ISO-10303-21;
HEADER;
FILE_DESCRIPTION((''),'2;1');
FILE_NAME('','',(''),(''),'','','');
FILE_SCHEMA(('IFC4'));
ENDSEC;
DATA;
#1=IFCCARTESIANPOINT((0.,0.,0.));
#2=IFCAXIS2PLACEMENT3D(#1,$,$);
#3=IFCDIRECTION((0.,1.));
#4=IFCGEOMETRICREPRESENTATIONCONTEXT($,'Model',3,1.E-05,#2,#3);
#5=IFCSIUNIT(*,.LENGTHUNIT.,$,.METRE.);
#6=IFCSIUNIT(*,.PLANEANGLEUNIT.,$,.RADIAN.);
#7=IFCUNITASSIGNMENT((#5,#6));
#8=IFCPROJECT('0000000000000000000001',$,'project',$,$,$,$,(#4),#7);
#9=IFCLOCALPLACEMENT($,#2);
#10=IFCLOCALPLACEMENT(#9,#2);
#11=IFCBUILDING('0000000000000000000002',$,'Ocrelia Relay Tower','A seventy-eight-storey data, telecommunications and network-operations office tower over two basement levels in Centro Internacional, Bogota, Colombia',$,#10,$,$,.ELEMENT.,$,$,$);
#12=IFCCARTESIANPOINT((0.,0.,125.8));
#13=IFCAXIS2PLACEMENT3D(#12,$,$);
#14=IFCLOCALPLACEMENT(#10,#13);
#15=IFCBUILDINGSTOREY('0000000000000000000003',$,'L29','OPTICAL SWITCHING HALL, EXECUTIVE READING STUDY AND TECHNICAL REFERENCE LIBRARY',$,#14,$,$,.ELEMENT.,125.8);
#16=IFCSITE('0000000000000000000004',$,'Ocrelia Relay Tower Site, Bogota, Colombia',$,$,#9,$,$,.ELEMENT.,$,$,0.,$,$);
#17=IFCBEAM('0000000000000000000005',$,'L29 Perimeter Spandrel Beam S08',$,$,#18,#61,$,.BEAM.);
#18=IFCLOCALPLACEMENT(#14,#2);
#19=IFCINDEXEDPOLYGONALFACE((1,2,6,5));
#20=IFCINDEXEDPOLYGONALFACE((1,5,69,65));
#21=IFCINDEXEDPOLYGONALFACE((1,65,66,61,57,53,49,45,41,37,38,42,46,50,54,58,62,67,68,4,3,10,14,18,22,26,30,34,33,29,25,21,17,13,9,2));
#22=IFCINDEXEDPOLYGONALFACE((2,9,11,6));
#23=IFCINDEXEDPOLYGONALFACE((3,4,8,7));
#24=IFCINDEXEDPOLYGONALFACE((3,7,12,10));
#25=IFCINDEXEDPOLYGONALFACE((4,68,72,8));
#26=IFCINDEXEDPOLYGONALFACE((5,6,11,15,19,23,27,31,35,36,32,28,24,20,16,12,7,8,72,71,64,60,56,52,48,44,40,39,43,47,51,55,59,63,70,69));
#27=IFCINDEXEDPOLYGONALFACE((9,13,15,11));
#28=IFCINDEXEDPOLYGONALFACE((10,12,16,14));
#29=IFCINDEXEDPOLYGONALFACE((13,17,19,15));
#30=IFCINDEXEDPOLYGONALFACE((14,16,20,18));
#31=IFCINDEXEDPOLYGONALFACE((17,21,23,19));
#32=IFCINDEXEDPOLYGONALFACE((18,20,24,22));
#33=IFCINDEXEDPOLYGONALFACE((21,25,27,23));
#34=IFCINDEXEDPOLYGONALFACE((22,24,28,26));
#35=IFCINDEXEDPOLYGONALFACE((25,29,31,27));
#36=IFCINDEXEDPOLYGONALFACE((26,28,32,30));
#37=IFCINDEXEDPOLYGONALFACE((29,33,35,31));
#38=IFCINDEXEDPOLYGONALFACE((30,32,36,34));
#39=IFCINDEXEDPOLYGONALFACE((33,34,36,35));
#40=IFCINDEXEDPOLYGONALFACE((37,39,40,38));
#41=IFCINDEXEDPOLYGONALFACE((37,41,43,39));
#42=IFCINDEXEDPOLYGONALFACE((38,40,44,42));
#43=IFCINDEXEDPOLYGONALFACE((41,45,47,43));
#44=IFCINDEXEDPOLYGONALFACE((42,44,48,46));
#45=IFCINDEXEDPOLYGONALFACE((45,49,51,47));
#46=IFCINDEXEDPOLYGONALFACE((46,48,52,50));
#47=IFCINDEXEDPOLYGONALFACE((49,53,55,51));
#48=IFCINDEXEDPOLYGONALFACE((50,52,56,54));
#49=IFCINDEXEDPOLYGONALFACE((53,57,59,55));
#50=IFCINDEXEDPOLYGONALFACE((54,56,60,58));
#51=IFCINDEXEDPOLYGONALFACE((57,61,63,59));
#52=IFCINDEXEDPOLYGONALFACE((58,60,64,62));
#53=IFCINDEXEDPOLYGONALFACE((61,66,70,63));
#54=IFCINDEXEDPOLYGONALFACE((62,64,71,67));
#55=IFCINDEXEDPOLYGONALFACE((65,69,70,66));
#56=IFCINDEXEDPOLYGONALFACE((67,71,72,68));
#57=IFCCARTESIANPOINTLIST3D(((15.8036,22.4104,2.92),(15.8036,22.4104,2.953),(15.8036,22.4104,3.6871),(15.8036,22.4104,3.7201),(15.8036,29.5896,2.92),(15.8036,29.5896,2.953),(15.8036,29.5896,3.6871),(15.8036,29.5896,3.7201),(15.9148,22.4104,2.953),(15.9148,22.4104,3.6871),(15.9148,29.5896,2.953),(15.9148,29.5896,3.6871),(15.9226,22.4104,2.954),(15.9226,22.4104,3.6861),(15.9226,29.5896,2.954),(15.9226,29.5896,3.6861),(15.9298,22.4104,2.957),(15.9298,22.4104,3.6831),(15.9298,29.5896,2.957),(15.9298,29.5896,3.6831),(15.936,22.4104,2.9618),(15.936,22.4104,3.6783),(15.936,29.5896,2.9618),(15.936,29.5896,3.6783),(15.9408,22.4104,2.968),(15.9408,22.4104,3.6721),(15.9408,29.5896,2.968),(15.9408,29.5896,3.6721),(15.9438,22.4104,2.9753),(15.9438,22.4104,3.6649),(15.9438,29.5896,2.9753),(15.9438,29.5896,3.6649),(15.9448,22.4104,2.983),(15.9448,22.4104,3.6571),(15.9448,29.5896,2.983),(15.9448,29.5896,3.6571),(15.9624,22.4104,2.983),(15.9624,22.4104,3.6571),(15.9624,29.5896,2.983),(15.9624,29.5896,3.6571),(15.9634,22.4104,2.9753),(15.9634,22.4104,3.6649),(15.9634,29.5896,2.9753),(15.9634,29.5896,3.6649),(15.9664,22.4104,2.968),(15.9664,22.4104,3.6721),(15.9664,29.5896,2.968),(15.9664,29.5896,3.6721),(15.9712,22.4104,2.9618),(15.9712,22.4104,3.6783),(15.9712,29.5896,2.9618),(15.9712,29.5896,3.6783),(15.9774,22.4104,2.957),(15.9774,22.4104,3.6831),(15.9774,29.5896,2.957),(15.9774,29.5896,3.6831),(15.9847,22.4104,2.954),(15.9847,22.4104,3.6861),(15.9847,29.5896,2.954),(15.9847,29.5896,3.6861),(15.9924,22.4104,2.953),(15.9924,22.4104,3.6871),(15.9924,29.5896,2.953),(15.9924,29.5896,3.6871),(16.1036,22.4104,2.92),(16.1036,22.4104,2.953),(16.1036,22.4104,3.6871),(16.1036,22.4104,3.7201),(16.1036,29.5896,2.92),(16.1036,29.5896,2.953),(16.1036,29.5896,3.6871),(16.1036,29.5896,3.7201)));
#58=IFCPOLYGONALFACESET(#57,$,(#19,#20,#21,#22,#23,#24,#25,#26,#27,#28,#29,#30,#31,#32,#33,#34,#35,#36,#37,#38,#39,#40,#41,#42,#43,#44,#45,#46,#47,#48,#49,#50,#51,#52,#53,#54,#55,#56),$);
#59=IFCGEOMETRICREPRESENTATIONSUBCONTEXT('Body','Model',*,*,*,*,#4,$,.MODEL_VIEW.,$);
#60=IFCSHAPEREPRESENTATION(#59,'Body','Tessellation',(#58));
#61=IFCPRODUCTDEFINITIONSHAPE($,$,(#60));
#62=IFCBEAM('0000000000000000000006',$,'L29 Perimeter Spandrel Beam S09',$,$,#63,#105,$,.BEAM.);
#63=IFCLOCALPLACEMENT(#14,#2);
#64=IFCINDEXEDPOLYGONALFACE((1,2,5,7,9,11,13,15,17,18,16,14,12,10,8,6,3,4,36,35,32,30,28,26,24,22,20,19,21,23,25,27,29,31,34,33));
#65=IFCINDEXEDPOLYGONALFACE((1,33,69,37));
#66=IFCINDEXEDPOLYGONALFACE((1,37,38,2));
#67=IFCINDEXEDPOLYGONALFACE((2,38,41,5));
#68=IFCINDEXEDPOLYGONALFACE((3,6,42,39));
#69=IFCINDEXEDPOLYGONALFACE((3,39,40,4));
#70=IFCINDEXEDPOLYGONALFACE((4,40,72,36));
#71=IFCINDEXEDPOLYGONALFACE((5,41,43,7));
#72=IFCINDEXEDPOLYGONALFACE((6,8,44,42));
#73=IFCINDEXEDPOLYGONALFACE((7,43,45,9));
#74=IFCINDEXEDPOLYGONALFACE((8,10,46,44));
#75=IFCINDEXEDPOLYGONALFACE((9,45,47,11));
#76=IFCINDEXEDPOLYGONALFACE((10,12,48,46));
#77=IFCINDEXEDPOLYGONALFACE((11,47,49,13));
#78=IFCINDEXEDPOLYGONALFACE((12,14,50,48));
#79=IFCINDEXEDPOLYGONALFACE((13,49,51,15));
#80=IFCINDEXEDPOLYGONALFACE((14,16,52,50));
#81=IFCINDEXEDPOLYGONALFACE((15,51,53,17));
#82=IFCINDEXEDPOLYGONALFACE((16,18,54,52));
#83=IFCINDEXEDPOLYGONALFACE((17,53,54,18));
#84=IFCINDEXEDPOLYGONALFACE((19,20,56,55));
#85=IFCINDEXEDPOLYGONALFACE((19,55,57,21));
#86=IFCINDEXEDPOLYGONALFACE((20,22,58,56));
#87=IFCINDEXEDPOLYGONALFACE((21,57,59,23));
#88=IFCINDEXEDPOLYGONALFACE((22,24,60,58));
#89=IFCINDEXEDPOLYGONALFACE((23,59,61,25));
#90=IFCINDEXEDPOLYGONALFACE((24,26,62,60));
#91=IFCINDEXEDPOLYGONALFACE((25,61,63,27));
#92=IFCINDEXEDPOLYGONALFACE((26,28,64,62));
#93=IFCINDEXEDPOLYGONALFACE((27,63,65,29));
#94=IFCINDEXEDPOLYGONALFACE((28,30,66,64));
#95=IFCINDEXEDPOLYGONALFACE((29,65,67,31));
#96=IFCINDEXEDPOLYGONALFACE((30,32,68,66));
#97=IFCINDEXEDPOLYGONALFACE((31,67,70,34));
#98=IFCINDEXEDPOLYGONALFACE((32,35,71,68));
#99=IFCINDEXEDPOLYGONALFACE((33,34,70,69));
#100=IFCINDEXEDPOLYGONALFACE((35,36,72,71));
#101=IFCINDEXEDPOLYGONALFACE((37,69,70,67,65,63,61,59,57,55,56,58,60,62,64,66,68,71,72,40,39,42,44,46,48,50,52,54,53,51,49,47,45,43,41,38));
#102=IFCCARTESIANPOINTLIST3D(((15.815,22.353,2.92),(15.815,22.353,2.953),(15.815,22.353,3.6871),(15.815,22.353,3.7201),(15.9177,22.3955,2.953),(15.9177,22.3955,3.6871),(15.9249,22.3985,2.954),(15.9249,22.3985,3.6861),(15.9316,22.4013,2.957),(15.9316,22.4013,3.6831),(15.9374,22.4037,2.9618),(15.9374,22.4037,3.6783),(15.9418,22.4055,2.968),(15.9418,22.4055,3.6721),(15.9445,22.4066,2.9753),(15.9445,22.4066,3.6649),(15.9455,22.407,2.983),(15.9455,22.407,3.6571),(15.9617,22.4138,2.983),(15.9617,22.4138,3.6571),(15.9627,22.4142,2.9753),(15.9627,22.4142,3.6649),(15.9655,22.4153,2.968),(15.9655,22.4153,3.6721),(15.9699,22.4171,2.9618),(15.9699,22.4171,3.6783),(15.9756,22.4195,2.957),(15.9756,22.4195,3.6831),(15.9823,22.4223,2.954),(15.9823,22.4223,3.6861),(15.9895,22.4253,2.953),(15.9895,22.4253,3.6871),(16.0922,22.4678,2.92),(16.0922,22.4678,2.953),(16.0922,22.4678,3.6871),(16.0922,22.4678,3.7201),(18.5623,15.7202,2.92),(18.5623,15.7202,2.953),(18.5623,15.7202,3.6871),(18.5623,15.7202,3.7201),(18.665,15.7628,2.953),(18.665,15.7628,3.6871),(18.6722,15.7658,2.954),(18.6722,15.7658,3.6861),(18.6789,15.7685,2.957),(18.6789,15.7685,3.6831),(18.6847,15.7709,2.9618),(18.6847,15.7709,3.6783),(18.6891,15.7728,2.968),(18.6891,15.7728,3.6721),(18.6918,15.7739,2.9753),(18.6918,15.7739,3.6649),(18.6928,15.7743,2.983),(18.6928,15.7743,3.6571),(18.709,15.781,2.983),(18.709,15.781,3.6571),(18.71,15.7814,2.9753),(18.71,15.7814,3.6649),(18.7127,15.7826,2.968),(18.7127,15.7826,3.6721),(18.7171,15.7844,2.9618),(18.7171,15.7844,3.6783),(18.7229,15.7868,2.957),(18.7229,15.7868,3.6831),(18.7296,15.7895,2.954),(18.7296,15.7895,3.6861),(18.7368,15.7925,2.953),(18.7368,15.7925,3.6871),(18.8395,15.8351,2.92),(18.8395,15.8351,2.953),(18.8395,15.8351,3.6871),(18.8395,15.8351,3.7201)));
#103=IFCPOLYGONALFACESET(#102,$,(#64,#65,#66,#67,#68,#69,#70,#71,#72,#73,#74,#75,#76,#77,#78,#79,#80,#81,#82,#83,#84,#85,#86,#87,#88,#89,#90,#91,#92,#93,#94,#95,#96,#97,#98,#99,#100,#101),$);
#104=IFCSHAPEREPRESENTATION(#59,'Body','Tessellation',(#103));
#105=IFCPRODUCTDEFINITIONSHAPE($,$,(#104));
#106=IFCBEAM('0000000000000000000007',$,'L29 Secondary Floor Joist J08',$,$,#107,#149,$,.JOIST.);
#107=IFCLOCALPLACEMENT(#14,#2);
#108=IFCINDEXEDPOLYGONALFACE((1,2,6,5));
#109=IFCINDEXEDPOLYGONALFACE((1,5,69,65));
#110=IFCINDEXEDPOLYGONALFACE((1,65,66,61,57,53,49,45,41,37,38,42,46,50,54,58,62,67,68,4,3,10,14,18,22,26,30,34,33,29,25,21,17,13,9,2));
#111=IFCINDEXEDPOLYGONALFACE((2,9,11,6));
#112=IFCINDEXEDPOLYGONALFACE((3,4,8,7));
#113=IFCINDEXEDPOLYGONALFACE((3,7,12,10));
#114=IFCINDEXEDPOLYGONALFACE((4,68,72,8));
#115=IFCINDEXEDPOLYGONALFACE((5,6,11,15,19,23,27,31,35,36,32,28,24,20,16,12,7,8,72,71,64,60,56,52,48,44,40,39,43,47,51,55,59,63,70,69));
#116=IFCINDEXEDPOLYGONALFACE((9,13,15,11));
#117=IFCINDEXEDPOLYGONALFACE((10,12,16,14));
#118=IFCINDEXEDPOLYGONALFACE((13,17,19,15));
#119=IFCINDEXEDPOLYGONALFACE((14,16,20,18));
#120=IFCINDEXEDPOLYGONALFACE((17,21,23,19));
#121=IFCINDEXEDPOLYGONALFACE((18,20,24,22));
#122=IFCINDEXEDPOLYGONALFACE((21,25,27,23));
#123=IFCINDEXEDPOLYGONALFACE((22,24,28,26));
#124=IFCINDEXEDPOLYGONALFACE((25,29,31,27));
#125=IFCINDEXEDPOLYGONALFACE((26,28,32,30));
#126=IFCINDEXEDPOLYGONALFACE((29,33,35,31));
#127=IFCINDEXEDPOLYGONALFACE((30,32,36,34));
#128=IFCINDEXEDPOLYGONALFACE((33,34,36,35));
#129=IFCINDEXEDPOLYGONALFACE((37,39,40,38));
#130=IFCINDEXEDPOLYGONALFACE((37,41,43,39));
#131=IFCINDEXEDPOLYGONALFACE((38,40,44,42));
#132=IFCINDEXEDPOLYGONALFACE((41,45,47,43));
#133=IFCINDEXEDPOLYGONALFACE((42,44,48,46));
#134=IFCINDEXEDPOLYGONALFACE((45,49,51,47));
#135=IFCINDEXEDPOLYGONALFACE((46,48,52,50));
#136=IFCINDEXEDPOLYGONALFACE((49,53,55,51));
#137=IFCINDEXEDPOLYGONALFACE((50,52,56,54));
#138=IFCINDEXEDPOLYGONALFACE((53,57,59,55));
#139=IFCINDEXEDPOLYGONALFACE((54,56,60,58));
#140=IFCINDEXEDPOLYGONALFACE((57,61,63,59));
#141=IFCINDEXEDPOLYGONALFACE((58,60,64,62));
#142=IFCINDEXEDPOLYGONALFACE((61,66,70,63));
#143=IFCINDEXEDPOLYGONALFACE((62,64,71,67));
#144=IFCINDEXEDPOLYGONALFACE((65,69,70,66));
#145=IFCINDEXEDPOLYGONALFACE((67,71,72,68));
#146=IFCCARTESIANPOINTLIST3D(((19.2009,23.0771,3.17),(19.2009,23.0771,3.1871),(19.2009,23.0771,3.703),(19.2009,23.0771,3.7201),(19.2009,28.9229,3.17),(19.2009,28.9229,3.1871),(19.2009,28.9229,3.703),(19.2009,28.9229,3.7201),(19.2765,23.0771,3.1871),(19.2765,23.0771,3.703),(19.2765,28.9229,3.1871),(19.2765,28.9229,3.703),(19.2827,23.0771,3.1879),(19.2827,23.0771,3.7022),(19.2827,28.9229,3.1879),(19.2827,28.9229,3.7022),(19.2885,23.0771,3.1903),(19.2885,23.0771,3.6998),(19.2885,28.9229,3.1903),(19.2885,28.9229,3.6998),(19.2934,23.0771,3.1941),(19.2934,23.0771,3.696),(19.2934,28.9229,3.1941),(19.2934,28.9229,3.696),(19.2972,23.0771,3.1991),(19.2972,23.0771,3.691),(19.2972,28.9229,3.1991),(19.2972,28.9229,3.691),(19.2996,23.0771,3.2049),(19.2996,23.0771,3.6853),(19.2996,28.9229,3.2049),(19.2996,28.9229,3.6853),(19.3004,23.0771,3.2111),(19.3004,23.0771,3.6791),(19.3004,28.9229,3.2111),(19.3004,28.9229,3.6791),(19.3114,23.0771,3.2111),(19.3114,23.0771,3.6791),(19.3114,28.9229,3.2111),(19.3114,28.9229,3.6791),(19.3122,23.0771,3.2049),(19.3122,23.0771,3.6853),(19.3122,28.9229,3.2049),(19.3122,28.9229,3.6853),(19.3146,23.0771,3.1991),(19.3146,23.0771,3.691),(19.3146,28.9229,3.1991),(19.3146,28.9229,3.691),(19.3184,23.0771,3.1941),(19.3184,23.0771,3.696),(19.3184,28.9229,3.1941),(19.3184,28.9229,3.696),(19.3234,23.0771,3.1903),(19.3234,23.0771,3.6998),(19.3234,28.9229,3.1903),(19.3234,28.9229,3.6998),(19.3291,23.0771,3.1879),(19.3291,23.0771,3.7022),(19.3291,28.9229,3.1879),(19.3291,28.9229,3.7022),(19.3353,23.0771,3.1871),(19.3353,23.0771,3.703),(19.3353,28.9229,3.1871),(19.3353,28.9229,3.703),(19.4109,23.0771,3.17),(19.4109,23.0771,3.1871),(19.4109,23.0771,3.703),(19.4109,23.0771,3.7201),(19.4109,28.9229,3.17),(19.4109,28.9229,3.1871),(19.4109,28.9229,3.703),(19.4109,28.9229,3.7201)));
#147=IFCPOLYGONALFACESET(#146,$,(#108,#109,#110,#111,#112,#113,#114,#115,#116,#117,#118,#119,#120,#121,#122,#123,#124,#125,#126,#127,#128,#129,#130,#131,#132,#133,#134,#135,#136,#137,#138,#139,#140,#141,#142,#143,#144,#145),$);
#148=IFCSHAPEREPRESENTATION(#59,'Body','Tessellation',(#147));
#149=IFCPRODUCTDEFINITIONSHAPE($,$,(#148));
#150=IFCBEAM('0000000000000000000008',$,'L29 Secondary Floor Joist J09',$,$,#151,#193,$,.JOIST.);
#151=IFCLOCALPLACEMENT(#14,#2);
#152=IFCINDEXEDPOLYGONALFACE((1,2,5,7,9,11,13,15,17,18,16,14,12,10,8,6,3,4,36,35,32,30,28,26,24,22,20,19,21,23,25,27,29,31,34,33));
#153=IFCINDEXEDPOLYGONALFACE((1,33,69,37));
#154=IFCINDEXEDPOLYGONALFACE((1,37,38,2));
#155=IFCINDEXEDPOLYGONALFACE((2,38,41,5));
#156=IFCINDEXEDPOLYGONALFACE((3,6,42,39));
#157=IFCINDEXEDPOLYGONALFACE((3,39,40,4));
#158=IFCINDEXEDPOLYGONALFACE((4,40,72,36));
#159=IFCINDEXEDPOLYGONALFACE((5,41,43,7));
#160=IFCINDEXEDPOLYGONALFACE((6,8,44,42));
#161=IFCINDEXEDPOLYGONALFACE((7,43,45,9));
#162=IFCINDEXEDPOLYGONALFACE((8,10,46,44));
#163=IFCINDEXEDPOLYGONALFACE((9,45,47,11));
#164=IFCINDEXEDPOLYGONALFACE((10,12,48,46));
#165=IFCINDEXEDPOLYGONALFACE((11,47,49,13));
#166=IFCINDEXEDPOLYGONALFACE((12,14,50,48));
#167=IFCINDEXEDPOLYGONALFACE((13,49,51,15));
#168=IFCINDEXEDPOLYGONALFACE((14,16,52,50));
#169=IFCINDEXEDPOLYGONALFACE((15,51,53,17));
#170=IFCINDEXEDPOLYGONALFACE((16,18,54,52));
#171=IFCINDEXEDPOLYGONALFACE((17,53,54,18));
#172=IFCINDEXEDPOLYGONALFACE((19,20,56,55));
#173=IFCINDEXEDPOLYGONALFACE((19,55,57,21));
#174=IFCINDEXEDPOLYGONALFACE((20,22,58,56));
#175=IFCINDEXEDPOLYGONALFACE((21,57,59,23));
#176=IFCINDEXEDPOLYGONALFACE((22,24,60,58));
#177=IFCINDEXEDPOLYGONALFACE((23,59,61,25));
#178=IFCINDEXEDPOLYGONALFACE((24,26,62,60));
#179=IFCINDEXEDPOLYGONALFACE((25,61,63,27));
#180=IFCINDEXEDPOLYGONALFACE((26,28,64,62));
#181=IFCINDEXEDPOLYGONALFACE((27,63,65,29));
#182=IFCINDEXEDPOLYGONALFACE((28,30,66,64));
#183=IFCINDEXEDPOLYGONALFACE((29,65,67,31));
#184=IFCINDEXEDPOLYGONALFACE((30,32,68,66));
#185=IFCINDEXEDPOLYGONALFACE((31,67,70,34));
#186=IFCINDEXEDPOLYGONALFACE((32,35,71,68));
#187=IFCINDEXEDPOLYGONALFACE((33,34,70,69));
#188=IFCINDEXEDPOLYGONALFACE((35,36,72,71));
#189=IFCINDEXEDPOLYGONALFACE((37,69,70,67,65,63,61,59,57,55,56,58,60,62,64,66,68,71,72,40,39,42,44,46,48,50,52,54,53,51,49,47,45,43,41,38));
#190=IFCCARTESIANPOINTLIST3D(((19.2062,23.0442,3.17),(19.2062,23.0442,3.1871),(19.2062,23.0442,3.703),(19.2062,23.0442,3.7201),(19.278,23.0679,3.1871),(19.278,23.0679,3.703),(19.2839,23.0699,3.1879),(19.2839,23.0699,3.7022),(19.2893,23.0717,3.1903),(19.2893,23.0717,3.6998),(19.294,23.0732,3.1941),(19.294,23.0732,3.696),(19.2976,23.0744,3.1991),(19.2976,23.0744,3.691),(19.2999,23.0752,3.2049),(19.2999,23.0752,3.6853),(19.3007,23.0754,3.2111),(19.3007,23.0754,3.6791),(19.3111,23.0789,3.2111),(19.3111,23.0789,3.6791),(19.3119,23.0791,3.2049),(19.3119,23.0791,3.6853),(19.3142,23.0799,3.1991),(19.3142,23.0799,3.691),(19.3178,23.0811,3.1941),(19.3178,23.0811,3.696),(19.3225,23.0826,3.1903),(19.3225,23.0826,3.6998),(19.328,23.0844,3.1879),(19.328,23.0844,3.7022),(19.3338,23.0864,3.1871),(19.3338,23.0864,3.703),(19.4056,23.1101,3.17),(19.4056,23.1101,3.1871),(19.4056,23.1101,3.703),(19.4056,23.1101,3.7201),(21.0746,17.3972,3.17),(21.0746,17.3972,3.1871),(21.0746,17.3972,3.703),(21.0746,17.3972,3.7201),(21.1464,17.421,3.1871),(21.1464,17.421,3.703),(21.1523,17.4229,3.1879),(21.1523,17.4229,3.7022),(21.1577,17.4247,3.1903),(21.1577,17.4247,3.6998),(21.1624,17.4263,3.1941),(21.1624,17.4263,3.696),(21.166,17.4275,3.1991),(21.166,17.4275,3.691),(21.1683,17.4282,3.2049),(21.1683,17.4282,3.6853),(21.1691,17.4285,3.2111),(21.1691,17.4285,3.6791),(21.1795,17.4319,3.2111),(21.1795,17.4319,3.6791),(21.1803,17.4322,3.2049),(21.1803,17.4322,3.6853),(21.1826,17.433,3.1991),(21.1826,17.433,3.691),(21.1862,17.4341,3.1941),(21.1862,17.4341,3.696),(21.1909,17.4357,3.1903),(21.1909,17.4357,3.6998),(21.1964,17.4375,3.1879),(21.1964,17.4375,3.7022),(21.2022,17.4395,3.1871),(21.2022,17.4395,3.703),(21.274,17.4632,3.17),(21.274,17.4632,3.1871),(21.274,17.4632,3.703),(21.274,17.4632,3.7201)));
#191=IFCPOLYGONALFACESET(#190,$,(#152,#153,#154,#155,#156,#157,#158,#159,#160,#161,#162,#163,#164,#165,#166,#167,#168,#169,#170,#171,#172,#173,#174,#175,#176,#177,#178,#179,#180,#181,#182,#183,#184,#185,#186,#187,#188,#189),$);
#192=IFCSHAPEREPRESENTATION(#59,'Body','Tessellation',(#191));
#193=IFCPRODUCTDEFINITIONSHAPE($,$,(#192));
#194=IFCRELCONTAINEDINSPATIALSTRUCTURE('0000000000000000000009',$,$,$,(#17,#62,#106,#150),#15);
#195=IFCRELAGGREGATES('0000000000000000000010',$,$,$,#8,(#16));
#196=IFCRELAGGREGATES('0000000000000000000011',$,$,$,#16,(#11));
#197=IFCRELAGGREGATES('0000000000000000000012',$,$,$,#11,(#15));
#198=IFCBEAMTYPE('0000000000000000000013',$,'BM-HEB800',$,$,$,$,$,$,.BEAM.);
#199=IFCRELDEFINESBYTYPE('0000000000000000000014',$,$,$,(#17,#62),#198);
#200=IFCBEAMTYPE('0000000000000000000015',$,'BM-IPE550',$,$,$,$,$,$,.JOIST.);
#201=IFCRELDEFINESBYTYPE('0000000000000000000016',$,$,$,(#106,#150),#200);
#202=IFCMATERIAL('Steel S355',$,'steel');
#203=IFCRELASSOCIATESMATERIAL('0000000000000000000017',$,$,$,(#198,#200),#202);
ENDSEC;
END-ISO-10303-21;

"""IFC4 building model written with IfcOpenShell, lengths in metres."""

from ifc_helpers import new_model, si_unit, direction, frame, origin, origin_2d, place, context, subcontext, project, spatial, i_section, extrude, material, material_profile, profile_set, type_object, element, save


model = new_model("IFC4")

# Units and contexts
model_context = context("Model", 3, precision=1e-05, world=origin(), true_north=direction((0.0, 1.0)))
body_context = subcontext(model_context, "Body", "Model", "MODEL_VIEW")
ifc_project = project(units=[si_unit("LENGTHUNIT", "METRE"), si_unit("PLANEANGLEUNIT", "RADIAN")], contexts=[model_context])

# Site, building, storey
site_placement = place(None, origin())
site = spatial("IfcSite", under=ifc_project, at=site_placement, Name="Ocrelia Relay Tower Site, Bogota, Colombia", CompositionType="ELEMENT", RefElevation=0.0)
building_placement = place(site_placement, origin())
building = spatial("IfcBuilding", under=site, at=building_placement, Name="Ocrelia Relay Tower", Description="A seventy-eight-storey data, telecommunications and network-operations office tower over two basement levels in Centro Internacional, Bogota, Colombia", CompositionType="ELEMENT")
storey_placement = place(building_placement, frame((0.0, 0.0, 125.8)))
storey = spatial("IfcBuildingStorey", under=building, at=storey_placement, Name="L29", Description="OPTICAL SWITCHING HALL, EXECUTIVE READING STUDY AND TECHNICAL REFERENCE LIBRARY", CompositionType="ELEMENT", Elevation=125.8)

# Beams
ifc_material_1 = material(Name="Steel S355", Category="steel")
ifc_material_profile_1 = material_profile(ifc_material_1, i_section(OverallWidth=0.3, OverallDepth=0.8, WebThickness=0.0176, FlangeThickness=0.033, FilletRadius=0.03, at=origin_2d()), Name="HEB 800")
ifc_profile_set_1 = profile_set([ifc_material_profile_1], Name="Steel S355")
beam_type_1 = type_object("IfcBeamType", Name="BM-HEB800", PredefinedType="BEAM", material=ifc_profile_set_1)
for number, where, z_axis, x_axis, name in (
    (1, (15.9536, 29.5896, 3.3201), (0.0, -1.0, 0.0), (1.0, 0.0, 0.0), "L29 Perimeter Spandrel Beam S08"),
    (2, (15.9536, 22.4104, 3.3201), (0.382673, -0.923884, 0.0), (0.923884, 0.382673, 0.0), "L29 Perimeter Spandrel Beam S09"),
):
    element("IfcBeam", number, at=place(storey_placement, frame(where, z_axis=z_axis, x_axis=x_axis)), inside=storey, type_object=beam_type_1, Name=name, PredefinedType="BEAM", context=body_context, shape_type="SweptSolid", body=[
        extrude(i_section(OverallWidth=0.3, OverallDepth=0.8, WebThickness=0.0176, FlangeThickness=0.033, FilletRadius=0.03, at=origin_2d()), origin(), (0.0, 0.0, 1.0), 7.1792),
    ])
ifc_material_profile_2 = material_profile(ifc_material_1, i_section(OverallWidth=0.21, OverallDepth=0.55, WebThickness=0.011, FlangeThickness=0.0171, FilletRadius=0.0239, at=origin_2d()), Name="IPE 550")
ifc_profile_set_2 = profile_set([ifc_material_profile_2], Name="Steel S355")
beam_type_2 = type_object("IfcBeamType", Name="BM-IPE550", PredefinedType="JOIST", material=ifc_profile_set_2)
beam_1_placement = place(storey_placement, frame((19.3059, 28.9229, 3.4451), z_axis=(0.0, -1.0, 0.0), x_axis=(1.0, 0.0, 0.0)))
element("IfcBeam", 3, at=beam_1_placement, inside=storey, type_object=beam_type_2, Name="L29 Secondary Floor Joist J08", PredefinedType="JOIST", context=body_context, shape_type="SweptSolid", body=[
    extrude(i_section(OverallWidth=0.21, OverallDepth=0.55, WebThickness=0.011, FlangeThickness=0.0171, FilletRadius=0.0239, at=origin_2d()), origin(), (0.0, 0.0, 1.0), 5.8457),
])
beam_2_placement = place(storey_placement, frame((19.3059, 23.0771, 3.4451), z_axis=(0.314121, -0.949383, 0.0), x_axis=(0.949383, 0.314121, 0.0)))
element("IfcBeam", 4, at=beam_2_placement, inside=storey, type_object=beam_type_2, Name="L29 Secondary Floor Joist J09", PredefinedType="JOIST", context=body_context, shape_type="SweptSolid", body=[
    extrude(i_section(OverallWidth=0.21, OverallDepth=0.55, WebThickness=0.011, FlangeThickness=0.0171, FilletRadius=0.0239, at=origin_2d()), origin(), (0.0, 0.0, 1.0), 5.948),
])

save(model, "model.ifc")
